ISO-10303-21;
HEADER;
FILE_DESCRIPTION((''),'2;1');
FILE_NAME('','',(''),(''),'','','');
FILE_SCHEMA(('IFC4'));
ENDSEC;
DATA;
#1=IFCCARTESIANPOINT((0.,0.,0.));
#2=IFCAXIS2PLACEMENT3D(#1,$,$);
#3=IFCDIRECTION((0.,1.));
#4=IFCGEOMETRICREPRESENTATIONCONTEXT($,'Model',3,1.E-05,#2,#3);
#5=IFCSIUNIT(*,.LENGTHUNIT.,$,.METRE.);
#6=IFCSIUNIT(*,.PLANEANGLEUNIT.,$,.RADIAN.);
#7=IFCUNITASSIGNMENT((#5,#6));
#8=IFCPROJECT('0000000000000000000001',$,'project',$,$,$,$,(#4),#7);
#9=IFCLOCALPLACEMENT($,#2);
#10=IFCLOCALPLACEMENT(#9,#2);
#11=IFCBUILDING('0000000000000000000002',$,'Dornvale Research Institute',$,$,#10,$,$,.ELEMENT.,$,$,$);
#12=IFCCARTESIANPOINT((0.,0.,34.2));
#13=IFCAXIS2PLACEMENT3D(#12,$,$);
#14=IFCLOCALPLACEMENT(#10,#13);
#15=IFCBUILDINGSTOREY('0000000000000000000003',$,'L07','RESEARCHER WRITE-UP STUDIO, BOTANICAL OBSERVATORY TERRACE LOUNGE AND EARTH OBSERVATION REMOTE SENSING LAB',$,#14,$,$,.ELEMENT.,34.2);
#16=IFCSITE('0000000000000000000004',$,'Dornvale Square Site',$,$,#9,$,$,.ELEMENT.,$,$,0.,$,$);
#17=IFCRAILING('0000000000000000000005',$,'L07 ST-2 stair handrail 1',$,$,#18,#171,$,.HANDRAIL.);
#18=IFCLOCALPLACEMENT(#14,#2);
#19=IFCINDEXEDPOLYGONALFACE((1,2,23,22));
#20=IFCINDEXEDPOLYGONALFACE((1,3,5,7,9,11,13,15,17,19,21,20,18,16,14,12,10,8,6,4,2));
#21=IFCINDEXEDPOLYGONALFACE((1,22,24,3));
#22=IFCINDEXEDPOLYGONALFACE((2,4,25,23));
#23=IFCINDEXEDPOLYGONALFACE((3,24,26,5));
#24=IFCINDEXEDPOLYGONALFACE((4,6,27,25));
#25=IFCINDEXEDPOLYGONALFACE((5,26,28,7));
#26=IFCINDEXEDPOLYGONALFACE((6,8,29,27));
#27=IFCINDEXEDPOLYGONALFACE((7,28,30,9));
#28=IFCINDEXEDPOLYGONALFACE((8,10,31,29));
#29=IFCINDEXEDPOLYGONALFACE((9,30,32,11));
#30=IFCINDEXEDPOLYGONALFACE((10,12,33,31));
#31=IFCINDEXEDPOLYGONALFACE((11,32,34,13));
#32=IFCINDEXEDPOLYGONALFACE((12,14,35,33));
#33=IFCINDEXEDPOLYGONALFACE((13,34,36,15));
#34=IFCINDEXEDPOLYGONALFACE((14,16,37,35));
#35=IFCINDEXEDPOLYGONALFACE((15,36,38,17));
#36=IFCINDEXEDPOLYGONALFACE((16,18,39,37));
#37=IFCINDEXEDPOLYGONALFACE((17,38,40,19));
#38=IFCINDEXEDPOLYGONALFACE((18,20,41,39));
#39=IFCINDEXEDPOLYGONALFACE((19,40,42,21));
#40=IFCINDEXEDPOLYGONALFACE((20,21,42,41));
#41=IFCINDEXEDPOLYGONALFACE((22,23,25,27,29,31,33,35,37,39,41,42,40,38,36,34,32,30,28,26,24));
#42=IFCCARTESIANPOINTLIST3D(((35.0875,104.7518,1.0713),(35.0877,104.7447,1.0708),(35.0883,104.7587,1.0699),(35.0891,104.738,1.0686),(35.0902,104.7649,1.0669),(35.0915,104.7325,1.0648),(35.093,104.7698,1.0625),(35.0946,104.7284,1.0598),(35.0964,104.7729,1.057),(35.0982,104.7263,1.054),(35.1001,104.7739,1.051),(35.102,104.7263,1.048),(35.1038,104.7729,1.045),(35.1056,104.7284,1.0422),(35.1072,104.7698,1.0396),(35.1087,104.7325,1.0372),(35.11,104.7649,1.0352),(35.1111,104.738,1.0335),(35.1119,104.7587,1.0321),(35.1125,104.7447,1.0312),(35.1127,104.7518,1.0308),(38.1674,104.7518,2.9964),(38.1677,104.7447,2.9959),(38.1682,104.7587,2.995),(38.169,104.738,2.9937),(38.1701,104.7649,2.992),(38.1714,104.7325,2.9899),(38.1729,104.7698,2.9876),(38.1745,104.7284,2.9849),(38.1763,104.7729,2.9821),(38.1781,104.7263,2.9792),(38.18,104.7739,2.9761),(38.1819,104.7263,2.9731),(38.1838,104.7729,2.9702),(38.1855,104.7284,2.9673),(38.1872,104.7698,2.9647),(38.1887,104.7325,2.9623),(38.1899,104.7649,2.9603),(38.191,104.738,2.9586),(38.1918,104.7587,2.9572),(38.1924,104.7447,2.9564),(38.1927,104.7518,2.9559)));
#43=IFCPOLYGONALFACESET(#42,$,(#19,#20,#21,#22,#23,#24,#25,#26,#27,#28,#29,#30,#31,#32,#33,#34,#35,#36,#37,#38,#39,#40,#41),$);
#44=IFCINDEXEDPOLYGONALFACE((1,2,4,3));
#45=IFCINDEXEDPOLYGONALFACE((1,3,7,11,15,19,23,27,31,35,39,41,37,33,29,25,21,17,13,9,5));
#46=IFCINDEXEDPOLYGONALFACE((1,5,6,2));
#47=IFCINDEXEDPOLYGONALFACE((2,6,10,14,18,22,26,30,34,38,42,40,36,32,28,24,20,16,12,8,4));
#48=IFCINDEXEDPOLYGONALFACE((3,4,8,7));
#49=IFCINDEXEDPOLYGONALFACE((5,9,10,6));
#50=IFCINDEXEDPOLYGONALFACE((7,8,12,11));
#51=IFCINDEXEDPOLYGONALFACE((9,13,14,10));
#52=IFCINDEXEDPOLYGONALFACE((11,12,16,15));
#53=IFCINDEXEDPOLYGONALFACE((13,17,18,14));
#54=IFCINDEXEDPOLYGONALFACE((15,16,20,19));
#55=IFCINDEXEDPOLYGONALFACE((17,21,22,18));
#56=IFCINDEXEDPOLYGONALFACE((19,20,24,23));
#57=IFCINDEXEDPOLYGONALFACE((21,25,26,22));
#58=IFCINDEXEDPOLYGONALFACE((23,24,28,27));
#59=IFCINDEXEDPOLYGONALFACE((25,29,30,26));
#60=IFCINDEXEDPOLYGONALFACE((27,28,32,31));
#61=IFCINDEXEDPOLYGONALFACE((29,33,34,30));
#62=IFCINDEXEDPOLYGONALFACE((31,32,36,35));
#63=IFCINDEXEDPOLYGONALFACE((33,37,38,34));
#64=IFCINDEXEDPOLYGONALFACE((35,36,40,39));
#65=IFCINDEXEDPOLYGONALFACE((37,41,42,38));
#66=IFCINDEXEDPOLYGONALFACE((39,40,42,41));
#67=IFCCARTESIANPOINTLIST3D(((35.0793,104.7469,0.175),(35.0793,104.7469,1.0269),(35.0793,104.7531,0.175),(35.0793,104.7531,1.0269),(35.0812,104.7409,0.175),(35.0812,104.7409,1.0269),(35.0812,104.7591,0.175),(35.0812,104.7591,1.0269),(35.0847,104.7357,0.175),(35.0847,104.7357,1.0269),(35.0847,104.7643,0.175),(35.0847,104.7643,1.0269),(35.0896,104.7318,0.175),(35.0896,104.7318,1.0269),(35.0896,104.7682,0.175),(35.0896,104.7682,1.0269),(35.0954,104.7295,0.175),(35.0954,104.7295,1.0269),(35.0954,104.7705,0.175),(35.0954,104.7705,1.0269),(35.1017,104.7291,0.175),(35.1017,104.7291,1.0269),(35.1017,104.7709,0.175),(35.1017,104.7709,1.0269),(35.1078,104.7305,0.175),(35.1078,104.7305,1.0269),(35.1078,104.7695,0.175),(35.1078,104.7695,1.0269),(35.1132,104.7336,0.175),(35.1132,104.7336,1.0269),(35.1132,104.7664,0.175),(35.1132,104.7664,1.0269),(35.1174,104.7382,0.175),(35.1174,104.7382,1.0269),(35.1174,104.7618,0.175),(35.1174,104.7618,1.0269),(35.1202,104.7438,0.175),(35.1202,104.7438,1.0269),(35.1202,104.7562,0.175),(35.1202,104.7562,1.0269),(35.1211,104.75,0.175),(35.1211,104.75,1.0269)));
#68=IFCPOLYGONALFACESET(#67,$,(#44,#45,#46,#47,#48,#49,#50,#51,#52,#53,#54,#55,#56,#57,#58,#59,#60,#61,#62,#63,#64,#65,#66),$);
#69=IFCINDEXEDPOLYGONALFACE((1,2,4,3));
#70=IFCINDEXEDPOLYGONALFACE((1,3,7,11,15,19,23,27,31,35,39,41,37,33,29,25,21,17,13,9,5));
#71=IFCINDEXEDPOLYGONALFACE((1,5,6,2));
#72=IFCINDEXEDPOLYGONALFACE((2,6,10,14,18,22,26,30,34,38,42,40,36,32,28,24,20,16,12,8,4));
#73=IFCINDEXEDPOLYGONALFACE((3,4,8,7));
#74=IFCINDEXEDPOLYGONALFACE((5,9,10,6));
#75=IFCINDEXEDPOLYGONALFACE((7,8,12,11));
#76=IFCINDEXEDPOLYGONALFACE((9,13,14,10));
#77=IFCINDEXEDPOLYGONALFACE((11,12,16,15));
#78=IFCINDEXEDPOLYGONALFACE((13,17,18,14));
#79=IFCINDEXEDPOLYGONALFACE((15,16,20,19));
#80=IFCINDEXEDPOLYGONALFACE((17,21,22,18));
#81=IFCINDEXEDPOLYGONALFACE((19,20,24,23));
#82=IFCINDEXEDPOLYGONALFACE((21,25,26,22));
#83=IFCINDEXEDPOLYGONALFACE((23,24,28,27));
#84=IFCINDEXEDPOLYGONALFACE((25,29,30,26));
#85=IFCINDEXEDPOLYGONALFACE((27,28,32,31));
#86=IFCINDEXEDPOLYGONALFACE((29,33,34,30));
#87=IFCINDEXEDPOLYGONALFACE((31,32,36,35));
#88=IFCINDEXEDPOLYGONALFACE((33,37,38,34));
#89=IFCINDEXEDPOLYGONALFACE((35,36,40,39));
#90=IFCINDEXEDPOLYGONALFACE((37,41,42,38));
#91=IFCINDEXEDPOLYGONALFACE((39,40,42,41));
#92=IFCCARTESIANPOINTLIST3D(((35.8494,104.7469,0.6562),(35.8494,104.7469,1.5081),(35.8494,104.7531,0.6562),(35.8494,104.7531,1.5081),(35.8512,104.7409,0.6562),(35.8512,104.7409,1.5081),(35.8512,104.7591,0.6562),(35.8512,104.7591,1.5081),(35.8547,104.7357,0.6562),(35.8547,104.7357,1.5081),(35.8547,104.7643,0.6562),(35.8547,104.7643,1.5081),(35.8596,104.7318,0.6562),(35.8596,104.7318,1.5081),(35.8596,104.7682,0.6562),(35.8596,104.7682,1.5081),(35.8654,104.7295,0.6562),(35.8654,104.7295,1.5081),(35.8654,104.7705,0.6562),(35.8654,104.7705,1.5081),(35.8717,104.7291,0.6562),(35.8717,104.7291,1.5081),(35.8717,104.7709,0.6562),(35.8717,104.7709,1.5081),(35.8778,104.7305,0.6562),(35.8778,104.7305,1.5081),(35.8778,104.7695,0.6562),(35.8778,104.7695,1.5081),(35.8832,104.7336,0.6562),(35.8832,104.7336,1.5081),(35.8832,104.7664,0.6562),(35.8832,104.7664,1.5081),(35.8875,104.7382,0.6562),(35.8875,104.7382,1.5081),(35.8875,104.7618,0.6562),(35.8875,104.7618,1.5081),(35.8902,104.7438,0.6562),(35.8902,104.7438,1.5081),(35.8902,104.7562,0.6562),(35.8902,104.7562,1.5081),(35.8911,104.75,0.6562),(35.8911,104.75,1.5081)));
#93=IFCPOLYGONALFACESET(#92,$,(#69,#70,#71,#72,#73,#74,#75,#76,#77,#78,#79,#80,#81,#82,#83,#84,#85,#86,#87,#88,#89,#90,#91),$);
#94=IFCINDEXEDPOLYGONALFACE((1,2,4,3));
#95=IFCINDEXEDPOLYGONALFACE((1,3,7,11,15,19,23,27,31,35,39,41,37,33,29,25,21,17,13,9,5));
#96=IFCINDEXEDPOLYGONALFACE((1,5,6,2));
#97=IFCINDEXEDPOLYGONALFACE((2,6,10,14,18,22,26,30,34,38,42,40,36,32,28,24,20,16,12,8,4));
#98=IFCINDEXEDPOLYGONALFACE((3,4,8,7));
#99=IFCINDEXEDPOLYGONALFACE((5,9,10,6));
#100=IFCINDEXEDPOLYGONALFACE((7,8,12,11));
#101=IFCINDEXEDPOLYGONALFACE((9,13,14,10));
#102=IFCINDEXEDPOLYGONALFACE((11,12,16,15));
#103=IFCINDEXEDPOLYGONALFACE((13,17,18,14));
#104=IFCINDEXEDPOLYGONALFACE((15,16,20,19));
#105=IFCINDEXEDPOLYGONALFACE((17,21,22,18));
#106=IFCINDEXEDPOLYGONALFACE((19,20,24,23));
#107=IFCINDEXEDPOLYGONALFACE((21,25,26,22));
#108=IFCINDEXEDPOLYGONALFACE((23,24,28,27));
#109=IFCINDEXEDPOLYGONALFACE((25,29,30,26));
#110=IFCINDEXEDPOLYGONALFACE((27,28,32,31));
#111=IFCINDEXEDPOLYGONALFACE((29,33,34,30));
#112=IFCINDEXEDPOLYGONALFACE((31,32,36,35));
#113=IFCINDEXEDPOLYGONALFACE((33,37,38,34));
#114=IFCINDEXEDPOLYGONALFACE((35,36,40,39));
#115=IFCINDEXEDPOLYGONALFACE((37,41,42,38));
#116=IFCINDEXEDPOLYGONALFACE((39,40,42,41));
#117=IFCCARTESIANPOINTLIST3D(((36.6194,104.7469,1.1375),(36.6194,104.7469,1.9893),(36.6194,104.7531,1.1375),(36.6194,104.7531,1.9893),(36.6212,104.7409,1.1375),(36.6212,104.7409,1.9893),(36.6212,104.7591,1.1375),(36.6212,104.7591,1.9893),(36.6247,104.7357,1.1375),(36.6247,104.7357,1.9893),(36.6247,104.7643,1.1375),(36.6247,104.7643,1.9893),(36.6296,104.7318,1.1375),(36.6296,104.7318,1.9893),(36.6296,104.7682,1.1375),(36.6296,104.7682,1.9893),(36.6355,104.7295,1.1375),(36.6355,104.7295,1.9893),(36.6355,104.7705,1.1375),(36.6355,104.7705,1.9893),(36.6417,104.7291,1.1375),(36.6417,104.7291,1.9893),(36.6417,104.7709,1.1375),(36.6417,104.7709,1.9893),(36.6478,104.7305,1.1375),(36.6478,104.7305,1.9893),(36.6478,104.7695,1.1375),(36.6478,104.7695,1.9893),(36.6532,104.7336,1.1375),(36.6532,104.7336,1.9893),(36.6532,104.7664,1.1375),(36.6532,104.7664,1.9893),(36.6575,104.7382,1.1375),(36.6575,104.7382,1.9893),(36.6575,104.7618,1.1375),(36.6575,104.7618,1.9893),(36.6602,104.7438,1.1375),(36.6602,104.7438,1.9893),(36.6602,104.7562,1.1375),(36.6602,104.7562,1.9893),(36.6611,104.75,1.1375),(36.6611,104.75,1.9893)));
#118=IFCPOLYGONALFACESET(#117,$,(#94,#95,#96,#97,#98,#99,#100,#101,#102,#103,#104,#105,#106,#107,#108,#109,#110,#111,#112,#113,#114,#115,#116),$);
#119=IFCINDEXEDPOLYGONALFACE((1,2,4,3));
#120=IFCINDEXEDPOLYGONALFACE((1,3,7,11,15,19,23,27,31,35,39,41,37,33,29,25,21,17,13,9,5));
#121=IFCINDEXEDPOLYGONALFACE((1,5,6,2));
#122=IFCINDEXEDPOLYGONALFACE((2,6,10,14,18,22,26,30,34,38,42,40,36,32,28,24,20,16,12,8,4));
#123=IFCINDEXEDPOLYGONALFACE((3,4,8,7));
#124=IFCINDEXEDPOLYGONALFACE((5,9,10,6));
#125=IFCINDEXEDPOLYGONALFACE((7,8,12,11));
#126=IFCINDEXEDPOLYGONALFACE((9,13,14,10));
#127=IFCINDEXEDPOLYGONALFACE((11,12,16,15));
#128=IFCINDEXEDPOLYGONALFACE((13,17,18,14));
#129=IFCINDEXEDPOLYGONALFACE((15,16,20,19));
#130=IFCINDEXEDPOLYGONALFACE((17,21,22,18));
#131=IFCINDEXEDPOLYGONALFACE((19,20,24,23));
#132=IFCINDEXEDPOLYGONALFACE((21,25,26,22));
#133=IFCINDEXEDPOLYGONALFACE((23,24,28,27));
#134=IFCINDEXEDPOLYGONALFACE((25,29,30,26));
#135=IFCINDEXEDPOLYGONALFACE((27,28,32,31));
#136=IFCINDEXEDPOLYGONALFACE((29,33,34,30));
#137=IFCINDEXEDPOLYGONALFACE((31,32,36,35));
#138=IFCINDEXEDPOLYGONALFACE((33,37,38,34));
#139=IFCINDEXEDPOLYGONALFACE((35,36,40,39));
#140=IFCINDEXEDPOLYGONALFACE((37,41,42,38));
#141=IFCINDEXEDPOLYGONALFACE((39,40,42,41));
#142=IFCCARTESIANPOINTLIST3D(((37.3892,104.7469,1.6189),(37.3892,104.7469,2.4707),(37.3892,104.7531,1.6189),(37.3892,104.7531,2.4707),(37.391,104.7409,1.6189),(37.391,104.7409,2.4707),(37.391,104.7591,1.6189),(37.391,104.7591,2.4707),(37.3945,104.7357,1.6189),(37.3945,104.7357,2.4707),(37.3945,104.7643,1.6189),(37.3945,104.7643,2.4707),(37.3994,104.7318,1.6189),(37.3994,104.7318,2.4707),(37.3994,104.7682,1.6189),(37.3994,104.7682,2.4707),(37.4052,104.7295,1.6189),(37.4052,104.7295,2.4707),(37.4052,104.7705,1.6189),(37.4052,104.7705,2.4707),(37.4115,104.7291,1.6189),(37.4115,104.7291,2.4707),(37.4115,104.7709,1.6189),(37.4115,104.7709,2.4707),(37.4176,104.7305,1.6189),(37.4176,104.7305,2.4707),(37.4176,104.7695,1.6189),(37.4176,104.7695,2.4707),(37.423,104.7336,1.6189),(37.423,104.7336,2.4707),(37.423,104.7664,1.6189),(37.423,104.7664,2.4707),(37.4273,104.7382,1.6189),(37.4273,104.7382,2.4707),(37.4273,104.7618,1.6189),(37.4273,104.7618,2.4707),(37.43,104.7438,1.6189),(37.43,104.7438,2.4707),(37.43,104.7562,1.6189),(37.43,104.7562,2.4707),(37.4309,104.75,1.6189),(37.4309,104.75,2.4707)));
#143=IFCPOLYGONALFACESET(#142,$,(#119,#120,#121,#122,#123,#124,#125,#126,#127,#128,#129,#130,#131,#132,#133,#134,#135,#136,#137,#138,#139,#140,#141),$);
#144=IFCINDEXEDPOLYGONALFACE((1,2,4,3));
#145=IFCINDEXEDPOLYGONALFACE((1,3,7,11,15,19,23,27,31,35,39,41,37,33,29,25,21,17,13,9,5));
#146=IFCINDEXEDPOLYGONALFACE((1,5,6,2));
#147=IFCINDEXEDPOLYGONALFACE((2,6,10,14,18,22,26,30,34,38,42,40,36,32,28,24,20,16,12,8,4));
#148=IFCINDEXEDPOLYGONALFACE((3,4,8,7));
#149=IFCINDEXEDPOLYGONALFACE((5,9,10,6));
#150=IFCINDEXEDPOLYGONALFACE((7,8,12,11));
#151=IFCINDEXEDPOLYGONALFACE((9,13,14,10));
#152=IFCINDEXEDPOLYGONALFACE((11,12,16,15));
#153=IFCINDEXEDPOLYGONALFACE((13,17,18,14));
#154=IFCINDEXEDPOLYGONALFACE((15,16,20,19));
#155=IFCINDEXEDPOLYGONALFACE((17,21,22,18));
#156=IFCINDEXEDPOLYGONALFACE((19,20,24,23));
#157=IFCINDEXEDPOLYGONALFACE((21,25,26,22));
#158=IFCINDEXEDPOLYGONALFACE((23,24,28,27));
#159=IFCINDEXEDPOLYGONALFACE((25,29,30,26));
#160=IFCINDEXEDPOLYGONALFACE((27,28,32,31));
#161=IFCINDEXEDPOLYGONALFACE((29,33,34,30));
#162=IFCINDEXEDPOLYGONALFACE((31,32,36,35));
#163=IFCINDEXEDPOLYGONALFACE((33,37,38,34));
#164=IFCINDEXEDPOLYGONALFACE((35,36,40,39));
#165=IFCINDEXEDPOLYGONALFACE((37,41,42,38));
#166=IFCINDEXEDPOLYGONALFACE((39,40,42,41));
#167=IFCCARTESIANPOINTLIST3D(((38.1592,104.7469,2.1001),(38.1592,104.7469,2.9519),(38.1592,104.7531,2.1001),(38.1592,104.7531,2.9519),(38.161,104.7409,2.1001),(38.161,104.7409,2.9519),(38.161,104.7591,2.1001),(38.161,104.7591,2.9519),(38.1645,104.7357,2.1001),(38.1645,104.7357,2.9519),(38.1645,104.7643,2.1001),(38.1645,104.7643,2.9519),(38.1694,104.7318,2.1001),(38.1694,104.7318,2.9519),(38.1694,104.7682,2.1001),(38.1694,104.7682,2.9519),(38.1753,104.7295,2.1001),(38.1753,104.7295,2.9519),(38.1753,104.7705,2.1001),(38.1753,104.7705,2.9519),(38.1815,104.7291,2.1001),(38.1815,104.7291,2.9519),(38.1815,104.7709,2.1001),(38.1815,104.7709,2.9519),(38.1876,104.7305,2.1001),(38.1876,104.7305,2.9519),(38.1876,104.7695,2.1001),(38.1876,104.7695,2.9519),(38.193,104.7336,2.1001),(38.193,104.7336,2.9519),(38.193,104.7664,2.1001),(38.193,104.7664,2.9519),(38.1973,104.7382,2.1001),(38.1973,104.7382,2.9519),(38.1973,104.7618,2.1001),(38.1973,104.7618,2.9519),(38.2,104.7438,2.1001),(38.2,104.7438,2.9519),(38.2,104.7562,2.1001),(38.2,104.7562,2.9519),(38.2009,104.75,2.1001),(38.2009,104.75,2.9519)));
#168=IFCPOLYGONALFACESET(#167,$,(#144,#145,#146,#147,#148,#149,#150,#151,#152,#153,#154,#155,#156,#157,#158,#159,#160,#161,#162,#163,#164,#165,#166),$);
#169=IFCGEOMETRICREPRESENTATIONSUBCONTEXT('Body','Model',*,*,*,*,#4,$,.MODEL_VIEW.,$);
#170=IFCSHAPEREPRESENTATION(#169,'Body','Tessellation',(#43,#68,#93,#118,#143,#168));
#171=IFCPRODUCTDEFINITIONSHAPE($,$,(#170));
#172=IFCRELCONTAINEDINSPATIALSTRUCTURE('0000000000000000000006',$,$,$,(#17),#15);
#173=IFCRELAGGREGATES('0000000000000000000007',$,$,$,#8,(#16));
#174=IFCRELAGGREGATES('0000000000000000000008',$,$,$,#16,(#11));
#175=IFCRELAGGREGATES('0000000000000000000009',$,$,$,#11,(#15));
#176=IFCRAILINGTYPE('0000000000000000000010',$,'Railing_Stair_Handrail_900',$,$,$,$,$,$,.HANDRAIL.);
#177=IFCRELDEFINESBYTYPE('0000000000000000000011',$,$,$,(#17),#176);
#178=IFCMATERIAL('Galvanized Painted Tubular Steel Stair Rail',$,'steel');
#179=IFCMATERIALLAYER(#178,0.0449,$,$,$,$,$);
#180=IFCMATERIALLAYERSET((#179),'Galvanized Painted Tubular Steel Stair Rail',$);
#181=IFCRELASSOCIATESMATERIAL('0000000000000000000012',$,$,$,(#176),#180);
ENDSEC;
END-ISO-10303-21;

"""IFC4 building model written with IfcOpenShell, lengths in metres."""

from ifc_helpers import new_model, si_unit, direction, frame, origin, origin_2d, place, context, subcontext, project, spatial, circle, extrude, material, layer, layer_set, type_object, element, save


model = new_model("IFC4")

# Units and contexts
model_context = context("Model", 3, precision=1e-05, world=origin(), true_north=direction((0.0, 1.0)))
body_context = subcontext(model_context, "Body", "Model", "MODEL_VIEW")
ifc_project = project(units=[si_unit("LENGTHUNIT", "METRE"), si_unit("PLANEANGLEUNIT", "RADIAN")], contexts=[model_context])

# Site, building, storey
site_placement = place(None, origin())
site = spatial("IfcSite", under=ifc_project, at=site_placement, Name="Dornvale Square Site", CompositionType="ELEMENT", RefElevation=0.0)
building_placement = place(site_placement, origin())
building = spatial("IfcBuilding", under=site, at=building_placement, Name="Dornvale Research Institute", CompositionType="ELEMENT")
storey_placement = place(building_placement, frame((0.0, 0.0, 34.2)))
storey = spatial("IfcBuildingStorey", under=building, at=storey_placement, Name="L07", Description="RESEARCHER WRITE-UP STUDIO, BOTANICAL OBSERVATORY TERRACE LOUNGE AND EARTH OBSERVATION REMOTE SENSING LAB", CompositionType="ELEMENT", Elevation=34.2)

# Railing
ifc_material_1 = material(Name="Galvanized Painted Tubular Steel Stair Rail", Category="steel")
ifc_layer_1 = layer(ifc_material_1, 0.0449)
ifc_layer_set_1 = layer_set([ifc_layer_1], Name="Galvanized Painted Tubular Steel Stair Rail")
railing_type_1 = type_object("IfcRailingType", Name="Railing_Stair_Handrail_900", PredefinedType="HANDRAIL", material=ifc_layer_set_1)
railing_1_placement = place(storey_placement, frame((35.1001, 104.75, 0.175)))
element("IfcRailing", 1, at=railing_1_placement, inside=storey, type_object=railing_type_1, Name="L07 ST-2 stair handrail 1", PredefinedType="HANDRAIL", context=body_context, shape_type="SweptSolid", body=[
    extrude(circle(Radius=0.0239, at=origin_2d()), frame((0.0, 0.0, 0.876), z_axis=(0.847979, 0.0, 0.530029), x_axis=(0.0, 1.0, 0.0)), (0.0, 0.0, 1.0), 3.6321),
    extrude(circle(Radius=0.021, at=origin_2d()), origin(), (0.0, 0.0, 1.0), 0.8518),
    extrude(circle(Radius=0.021, at=origin_2d()), frame((0.77, 0.0, 0.4812)), (0.0, 0.0, 1.0), 0.8518),
    extrude(circle(Radius=0.021, at=origin_2d()), frame((1.54, 0.0, 0.9624)), (0.0, 0.0, 1.0), 0.8518),
    extrude(circle(Radius=0.021, at=origin_2d()), frame((2.3098, 0.0, 1.4438)), (0.0, 0.0, 1.0), 0.8518),
    extrude(circle(Radius=0.021, at=origin_2d()), frame((3.0798, 0.0, 1.925)), (0.0, 0.0, 1.0), 0.8518),
])

save(model, "model.ifc")
